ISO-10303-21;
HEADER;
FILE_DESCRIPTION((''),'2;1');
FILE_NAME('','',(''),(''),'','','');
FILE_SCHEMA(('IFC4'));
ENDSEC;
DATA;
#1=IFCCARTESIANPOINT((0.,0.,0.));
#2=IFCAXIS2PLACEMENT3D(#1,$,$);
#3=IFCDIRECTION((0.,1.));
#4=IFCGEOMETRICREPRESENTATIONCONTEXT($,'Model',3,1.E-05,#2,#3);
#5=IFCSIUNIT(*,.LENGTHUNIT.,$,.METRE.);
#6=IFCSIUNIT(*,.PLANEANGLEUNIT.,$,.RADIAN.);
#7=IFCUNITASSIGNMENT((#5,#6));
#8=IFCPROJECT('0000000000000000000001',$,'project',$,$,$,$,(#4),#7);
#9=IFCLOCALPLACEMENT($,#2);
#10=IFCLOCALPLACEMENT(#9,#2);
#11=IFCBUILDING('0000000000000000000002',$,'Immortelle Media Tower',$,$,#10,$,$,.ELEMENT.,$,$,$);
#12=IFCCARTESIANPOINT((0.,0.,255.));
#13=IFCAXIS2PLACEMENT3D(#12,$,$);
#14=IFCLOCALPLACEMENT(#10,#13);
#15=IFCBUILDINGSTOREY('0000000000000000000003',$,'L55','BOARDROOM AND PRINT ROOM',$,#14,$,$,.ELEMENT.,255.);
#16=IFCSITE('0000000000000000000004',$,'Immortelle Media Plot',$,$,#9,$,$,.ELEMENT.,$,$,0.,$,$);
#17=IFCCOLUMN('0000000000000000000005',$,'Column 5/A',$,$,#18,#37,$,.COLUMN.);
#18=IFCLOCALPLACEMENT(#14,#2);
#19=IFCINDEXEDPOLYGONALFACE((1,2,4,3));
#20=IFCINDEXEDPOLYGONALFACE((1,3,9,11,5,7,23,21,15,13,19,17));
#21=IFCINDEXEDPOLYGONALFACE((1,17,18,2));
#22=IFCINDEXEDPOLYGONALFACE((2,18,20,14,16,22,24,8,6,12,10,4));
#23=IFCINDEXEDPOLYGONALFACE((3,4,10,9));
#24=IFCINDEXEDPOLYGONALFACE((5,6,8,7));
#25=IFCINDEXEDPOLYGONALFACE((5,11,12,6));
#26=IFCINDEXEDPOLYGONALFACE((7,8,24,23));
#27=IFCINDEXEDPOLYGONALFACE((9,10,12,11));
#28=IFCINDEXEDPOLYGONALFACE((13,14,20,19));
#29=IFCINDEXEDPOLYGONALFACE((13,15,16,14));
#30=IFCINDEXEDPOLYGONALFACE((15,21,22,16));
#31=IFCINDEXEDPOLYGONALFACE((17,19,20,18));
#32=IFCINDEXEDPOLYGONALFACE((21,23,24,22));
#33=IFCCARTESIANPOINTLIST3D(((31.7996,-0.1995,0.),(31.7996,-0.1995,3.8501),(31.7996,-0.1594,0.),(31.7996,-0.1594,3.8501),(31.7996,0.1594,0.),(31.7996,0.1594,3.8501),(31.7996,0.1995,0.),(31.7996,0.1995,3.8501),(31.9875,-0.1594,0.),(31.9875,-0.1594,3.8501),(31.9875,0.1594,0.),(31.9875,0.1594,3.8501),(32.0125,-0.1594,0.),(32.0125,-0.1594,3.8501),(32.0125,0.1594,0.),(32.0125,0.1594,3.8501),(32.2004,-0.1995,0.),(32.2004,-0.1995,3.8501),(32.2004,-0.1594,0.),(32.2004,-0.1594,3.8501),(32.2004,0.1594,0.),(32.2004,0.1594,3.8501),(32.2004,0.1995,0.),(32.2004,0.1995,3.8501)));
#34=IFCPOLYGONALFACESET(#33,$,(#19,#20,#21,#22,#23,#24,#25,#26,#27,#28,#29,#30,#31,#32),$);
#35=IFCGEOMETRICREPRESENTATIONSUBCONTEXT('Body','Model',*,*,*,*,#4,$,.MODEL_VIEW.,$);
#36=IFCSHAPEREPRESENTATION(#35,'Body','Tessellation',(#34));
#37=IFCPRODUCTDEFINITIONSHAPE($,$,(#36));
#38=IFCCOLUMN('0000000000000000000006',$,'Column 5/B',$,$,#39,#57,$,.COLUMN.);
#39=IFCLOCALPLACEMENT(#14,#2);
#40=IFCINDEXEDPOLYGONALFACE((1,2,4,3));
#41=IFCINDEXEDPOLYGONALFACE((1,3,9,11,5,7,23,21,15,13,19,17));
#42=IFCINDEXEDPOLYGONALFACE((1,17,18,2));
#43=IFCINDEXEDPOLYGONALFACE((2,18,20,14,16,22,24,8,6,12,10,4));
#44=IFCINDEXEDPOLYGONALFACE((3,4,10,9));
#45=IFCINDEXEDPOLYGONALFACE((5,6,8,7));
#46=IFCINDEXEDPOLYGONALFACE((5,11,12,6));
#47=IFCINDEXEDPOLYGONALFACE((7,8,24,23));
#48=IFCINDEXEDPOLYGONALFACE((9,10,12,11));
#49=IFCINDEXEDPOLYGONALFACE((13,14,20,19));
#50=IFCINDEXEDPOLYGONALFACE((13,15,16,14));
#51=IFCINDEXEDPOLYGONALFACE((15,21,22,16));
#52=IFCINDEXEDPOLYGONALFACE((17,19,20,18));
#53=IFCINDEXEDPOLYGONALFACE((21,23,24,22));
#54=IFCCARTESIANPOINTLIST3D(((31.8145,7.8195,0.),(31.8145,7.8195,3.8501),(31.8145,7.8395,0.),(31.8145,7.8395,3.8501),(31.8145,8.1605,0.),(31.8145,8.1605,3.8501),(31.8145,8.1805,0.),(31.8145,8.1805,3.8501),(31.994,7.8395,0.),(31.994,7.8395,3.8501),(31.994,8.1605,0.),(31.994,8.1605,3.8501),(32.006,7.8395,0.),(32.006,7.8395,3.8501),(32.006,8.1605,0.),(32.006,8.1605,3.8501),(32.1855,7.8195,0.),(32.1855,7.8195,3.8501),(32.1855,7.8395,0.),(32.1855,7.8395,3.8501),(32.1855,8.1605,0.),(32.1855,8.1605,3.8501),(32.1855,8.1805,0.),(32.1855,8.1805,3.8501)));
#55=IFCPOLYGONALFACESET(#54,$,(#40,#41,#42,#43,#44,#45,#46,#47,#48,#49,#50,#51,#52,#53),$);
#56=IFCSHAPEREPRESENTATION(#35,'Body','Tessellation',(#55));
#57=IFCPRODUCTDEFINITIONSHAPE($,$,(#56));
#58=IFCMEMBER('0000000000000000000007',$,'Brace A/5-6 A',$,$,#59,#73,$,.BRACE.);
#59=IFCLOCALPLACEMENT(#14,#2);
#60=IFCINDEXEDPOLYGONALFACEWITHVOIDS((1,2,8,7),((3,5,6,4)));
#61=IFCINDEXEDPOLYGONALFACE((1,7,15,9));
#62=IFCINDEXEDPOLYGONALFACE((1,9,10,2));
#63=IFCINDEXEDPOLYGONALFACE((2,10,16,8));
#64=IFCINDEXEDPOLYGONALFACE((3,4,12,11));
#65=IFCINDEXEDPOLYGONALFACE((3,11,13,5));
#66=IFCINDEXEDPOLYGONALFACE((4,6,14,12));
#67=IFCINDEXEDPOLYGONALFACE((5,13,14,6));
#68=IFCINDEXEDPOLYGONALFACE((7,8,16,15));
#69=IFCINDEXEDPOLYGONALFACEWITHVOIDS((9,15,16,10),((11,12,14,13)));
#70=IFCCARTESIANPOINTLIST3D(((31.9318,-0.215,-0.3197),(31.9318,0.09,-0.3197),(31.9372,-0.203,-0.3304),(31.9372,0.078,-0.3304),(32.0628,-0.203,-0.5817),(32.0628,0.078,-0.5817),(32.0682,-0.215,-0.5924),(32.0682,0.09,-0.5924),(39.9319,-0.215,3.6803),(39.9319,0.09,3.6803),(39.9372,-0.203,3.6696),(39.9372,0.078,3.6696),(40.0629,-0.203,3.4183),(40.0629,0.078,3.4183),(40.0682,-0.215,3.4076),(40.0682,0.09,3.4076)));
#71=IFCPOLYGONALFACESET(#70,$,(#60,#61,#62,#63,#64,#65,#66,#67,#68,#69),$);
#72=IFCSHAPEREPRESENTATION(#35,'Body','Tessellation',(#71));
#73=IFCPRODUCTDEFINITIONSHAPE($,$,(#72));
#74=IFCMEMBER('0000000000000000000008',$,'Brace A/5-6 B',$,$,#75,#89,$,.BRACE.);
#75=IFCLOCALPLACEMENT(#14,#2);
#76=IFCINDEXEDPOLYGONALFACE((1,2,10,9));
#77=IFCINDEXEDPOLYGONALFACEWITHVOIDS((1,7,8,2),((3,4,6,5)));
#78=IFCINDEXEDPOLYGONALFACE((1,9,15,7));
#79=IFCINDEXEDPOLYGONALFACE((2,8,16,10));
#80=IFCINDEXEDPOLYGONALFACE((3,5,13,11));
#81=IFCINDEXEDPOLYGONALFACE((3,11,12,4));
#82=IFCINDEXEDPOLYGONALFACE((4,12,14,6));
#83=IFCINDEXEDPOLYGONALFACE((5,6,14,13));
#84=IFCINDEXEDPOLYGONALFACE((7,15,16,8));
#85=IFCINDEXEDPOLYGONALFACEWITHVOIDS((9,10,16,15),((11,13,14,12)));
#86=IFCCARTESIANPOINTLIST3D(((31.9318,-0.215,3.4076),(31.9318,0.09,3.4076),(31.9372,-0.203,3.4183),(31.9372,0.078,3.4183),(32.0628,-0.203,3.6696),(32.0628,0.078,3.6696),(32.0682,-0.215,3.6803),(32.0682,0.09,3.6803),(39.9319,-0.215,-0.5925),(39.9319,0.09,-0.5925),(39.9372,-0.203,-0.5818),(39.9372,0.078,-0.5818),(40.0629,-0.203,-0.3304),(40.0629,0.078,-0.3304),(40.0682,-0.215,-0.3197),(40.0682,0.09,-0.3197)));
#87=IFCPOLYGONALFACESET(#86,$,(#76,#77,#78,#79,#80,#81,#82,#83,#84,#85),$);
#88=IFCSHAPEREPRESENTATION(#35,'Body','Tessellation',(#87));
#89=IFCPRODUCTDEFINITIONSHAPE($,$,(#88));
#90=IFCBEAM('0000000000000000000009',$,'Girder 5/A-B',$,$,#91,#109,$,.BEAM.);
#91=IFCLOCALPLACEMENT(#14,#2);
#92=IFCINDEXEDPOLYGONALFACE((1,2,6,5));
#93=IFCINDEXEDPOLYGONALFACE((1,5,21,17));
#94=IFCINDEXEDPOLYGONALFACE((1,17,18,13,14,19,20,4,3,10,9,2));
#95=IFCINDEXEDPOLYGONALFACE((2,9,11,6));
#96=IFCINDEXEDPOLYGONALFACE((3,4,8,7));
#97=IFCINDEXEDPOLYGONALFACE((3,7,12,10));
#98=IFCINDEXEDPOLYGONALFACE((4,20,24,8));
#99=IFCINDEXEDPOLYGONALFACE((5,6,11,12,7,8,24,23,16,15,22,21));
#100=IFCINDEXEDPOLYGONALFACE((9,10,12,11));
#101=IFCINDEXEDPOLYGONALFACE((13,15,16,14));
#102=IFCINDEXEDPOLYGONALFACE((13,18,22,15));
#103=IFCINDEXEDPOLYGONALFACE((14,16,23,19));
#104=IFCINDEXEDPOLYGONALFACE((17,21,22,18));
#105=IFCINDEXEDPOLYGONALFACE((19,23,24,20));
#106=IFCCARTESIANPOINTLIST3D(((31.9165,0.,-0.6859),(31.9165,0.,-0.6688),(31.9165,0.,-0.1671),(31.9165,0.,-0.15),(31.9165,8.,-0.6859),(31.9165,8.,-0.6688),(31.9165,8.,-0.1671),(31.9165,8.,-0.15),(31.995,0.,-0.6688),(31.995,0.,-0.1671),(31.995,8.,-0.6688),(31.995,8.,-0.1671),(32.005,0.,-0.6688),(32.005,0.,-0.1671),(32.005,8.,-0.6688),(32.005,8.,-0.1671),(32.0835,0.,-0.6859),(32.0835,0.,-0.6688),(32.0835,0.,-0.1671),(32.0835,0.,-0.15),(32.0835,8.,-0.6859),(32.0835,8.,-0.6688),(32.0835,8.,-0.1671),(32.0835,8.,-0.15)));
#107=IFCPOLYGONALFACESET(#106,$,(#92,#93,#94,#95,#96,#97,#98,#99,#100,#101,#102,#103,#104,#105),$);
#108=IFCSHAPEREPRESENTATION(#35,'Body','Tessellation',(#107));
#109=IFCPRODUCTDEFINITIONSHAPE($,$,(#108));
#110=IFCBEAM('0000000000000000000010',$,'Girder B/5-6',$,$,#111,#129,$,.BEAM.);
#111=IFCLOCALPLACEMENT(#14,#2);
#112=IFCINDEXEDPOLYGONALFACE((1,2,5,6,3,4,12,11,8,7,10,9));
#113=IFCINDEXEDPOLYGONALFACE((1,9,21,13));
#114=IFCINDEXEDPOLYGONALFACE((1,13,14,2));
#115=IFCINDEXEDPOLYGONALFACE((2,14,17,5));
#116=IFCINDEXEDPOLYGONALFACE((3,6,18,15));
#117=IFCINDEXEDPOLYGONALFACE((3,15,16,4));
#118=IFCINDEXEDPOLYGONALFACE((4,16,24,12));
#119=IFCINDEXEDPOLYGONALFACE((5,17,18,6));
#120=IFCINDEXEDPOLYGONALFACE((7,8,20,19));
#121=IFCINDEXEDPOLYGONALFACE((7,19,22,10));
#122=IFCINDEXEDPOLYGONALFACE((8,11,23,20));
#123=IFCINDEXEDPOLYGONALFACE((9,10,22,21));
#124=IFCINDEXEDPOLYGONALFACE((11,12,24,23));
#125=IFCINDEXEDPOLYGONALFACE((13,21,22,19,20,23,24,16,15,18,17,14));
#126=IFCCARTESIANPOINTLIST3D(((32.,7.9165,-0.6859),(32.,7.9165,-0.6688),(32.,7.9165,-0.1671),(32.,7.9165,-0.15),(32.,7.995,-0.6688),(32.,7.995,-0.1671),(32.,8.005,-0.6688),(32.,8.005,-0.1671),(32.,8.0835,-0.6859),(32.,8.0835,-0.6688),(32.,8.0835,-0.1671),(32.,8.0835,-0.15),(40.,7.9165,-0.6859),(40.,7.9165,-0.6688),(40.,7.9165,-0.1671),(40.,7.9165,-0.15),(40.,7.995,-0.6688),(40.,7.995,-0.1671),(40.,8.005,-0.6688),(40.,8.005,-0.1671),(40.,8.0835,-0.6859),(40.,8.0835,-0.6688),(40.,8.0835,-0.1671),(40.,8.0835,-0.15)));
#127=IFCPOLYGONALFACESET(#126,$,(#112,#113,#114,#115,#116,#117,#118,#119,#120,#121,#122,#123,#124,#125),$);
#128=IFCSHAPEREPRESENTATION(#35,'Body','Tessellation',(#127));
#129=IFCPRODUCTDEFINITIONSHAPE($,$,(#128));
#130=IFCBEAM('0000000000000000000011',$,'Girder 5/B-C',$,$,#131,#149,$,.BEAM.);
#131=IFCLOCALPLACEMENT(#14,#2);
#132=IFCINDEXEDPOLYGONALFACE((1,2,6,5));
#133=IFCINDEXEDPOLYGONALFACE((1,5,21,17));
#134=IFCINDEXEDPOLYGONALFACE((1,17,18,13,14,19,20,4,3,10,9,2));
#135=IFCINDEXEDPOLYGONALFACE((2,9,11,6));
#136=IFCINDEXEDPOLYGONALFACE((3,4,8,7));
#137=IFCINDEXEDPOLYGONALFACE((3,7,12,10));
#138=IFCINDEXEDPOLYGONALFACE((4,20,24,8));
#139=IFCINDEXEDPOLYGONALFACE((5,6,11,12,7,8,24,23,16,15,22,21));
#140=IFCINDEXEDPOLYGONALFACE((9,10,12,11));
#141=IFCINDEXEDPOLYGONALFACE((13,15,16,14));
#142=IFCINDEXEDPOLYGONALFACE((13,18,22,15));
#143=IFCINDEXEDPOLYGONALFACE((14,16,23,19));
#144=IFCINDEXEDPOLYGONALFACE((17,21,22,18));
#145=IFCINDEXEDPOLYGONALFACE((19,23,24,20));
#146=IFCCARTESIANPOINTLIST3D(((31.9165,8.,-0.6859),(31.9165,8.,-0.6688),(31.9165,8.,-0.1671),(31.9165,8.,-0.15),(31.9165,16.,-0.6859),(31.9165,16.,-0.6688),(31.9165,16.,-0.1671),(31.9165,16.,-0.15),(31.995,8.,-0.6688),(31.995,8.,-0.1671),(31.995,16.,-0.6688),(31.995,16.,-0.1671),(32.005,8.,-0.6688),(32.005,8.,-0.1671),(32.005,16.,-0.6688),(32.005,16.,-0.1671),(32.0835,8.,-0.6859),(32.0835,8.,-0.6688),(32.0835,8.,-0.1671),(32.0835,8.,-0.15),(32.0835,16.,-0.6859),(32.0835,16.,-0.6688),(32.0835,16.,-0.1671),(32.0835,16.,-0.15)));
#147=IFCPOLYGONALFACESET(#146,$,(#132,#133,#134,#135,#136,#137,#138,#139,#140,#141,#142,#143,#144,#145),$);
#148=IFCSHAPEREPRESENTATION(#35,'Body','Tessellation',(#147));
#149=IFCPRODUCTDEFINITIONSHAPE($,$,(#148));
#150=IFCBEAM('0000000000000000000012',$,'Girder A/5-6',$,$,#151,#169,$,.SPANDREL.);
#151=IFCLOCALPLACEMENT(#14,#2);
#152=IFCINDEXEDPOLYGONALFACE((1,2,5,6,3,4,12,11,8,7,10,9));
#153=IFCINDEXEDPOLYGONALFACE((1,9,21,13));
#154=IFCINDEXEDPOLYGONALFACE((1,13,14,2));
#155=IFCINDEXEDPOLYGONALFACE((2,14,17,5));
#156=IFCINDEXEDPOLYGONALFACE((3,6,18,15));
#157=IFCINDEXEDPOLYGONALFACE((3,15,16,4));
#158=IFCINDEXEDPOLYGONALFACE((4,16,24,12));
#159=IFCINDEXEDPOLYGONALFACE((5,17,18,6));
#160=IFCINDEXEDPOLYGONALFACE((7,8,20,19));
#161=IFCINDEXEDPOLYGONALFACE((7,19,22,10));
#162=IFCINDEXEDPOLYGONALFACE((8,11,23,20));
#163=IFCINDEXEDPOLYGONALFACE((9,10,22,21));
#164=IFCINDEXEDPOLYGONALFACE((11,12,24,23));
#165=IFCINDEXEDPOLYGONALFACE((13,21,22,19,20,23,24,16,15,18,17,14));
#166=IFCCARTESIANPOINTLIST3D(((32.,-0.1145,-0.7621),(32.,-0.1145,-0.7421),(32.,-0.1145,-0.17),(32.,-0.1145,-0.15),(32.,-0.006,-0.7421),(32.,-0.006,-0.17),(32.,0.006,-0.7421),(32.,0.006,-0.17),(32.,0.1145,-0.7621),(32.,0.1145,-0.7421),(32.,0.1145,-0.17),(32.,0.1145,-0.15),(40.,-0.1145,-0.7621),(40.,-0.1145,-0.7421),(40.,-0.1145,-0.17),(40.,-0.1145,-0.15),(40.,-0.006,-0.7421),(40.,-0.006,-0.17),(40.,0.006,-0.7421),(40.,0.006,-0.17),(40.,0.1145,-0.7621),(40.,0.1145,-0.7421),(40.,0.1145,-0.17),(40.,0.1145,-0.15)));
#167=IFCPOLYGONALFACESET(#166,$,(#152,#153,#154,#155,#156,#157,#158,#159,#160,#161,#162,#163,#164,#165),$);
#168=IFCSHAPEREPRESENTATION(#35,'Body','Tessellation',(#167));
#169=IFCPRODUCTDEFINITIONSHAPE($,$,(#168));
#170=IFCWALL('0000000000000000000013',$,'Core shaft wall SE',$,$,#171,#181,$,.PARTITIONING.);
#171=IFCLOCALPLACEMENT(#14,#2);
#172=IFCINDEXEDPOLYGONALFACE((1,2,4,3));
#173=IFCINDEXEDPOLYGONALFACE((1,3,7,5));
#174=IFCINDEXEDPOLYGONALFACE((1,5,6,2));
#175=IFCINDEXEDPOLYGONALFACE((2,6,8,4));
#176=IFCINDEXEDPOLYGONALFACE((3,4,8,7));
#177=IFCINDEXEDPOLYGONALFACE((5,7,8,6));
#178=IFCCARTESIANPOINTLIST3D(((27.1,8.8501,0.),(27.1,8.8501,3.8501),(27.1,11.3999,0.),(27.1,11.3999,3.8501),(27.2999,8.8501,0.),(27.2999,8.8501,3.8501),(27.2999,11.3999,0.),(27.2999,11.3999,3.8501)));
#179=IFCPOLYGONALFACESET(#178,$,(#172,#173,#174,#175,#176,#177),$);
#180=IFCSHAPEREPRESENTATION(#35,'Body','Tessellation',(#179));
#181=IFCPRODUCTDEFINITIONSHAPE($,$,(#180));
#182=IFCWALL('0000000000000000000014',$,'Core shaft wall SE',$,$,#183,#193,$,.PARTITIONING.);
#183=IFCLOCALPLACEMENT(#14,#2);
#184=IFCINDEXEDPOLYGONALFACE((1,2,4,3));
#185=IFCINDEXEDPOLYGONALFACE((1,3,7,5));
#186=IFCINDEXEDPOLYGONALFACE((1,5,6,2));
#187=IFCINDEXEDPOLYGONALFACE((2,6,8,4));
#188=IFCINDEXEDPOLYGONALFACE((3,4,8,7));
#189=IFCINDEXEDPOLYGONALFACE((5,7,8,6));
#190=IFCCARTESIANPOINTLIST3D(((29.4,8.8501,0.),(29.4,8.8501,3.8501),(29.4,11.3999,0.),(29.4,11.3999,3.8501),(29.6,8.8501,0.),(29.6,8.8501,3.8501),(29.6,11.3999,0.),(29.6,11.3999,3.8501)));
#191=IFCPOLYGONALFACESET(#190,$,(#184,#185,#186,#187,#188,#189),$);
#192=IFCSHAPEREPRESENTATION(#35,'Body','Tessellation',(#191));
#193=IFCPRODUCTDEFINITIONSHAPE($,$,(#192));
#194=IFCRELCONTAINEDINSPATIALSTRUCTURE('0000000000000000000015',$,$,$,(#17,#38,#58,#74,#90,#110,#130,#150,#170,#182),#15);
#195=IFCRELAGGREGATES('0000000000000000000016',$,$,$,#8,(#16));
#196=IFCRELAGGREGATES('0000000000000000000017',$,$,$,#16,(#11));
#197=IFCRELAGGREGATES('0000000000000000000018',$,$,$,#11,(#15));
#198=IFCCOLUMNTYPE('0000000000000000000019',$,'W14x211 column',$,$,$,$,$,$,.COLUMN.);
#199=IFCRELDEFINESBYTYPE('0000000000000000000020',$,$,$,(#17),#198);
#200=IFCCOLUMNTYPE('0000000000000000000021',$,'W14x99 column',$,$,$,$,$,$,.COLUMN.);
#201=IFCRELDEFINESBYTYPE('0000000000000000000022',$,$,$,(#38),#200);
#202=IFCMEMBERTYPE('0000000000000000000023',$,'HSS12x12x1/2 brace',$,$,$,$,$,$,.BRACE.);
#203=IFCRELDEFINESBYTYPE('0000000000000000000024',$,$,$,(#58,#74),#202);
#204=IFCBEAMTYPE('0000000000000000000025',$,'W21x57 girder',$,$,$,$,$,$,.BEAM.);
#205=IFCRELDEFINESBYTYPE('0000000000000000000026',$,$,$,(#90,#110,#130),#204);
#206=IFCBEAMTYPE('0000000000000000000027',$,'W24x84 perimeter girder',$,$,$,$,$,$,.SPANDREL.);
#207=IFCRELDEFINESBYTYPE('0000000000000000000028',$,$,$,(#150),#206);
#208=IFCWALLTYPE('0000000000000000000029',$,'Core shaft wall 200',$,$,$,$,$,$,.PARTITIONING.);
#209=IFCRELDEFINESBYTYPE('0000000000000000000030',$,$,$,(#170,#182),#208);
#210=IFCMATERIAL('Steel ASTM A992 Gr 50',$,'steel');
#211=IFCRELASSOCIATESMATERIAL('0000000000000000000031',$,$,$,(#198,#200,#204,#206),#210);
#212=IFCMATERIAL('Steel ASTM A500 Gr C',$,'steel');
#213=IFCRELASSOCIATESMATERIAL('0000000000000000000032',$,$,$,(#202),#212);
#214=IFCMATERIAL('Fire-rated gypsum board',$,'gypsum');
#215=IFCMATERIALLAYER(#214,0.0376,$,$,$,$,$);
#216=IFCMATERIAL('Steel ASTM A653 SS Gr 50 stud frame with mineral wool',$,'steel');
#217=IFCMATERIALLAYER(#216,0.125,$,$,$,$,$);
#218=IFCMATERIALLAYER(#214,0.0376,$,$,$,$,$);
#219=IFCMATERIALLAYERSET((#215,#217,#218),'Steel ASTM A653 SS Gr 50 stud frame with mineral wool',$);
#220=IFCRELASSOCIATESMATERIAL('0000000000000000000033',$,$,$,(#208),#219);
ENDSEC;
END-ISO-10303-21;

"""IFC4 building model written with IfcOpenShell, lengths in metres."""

from ifc_helpers import new_model, si_unit, direction, frame, frame_2d, origin, origin_2d, place, context, subcontext, project, spatial, rectangle, hollow_rectangle, i_section, extrude, material, layer, layer_set, material_profile, profile_set, type_object, element, save


model = new_model("IFC4")

# Units and contexts
model_context = context("Model", 3, precision=1e-05, world=origin(), true_north=direction((0.0, 1.0)))
body_context = subcontext(model_context, "Body", "Model", "MODEL_VIEW")
ifc_project = project(units=[si_unit("LENGTHUNIT", "METRE"), si_unit("PLANEANGLEUNIT", "RADIAN")], contexts=[model_context])

# Site, building, storey
site_placement = place(None, origin())
site = spatial("IfcSite", under=ifc_project, at=site_placement, Name="Immortelle Media Plot", CompositionType="ELEMENT", RefElevation=0.0)
building_placement = place(site_placement, origin())
building = spatial("IfcBuilding", under=site, at=building_placement, Name="Immortelle Media Tower", CompositionType="ELEMENT")
storey_placement = place(building_placement, frame((0.0, 0.0, 255.0)))
storey = spatial("IfcBuildingStorey", under=building, at=storey_placement, Name="L55", Description="BOARDROOM AND PRINT ROOM", CompositionType="ELEMENT", Elevation=255.0)

# Columns
ifc_material_1 = material(Name="Steel ASTM A992 Gr 50", Category="steel")
ifc_material_profile_1 = material_profile(ifc_material_1, i_section(OverallWidth=0.4009, OverallDepth=0.3989, WebThickness=0.0249, FlangeThickness=0.04, at=origin_2d()), Name="W14x211")
ifc_profile_set_1 = profile_set([ifc_material_profile_1], Name="Steel ASTM A992 Gr 50")
column_type_1 = type_object("IfcColumnType", Name="W14x211 column", PredefinedType="COLUMN", material=ifc_profile_set_1)
column_1_placement = place(storey_placement, frame((32.0, 0.0, 0.0), z_axis=(0.0, 0.0, 1.0), x_axis=(1.0, 0.0, 0.0)))
element("IfcColumn", 1, at=column_1_placement, inside=storey, type_object=column_type_1, Name="Column 5/A", PredefinedType="COLUMN", context=body_context, shape_type="SweptSolid", body=[
    extrude(i_section(OverallWidth=0.4009, OverallDepth=0.3989, WebThickness=0.0249, FlangeThickness=0.04, at=origin_2d()), origin(), (0.0, 0.0, 1.0), 3.8501),
])
ifc_material_profile_2 = material_profile(ifc_material_1, i_section(OverallWidth=0.3711, OverallDepth=0.3611, WebThickness=0.012, FlangeThickness=0.02, at=origin_2d()), Name="W14x99")
ifc_profile_set_2 = profile_set([ifc_material_profile_2], Name="Steel ASTM A992 Gr 50")
column_type_2 = type_object("IfcColumnType", Name="W14x99 column", PredefinedType="COLUMN", material=ifc_profile_set_2)
column_2_placement = place(storey_placement, frame((32.0, 8.0, 0.0), z_axis=(0.0, 0.0, 1.0), x_axis=(1.0, 0.0, 0.0)))
element("IfcColumn", 2, at=column_2_placement, inside=storey, type_object=column_type_2, Name="Column 5/B", PredefinedType="COLUMN", context=body_context, shape_type="SweptSolid", body=[
    extrude(i_section(OverallWidth=0.3711, OverallDepth=0.3611, WebThickness=0.012, FlangeThickness=0.02, at=origin_2d()), origin(), (0.0, 0.0, 1.0), 3.8501),
])

# Members
ifc_material_2 = material(Name="Steel ASTM A500 Gr C", Category="steel")
ifc_material_profile_3 = material_profile(ifc_material_2, hollow_rectangle(XDim=0.3049, YDim=0.3049, WallThickness=0.012, at=origin_2d()), Name="HSS12x12x1/2 brace")
ifc_profile_set_3 = profile_set([ifc_material_profile_3], Name="Steel ASTM A500 Gr C")
member_type = type_object("IfcMemberType", Name="HSS12x12x1/2 brace", PredefinedType="BRACE", material=ifc_profile_set_3)
for number, where, z_axis, x_axis, name in (
    (3, (32.0, -0.0625, -0.4561), (0.894427, 0.0, 0.447214), (0.0, 1.0, 0.0), "Brace A/5-6 A"),
    (4, (32.0, -0.0625, 3.5439), (0.894427, 0.0, -0.447214), (0.0, 1.0, 0.0), "Brace A/5-6 B"),
):
    element("IfcMember", number, at=place(storey_placement, frame(where, z_axis=z_axis, x_axis=x_axis)), inside=storey, type_object=member_type, Name=name, PredefinedType="BRACE", context=body_context, shape_type="SweptSolid", body=[
        extrude(hollow_rectangle(XDim=0.3049, YDim=0.3049, WallThickness=0.012, at=origin_2d()), origin(), (0.0, 0.0, 1.0), 8.9443),
    ])

# Beams
ifc_material_profile_4 = material_profile(ifc_material_1, i_section(OverallWidth=0.167, OverallDepth=0.5359, WebThickness=0.01, FlangeThickness=0.0171, at=origin_2d()), Name="W21x57")
ifc_profile_set_4 = profile_set([ifc_material_profile_4], Name="Steel ASTM A992 Gr 50")
beam_type_1 = type_object("IfcBeamType", Name="W21x57 girder", PredefinedType="BEAM", material=ifc_profile_set_4)
for number, where, z_axis, x_axis, name in (
    (5, (32.0, 0.0, -0.418), (0.0, 1.0, 0.0), (-1.0, 0.0, 0.0), "Girder 5/A-B"),
    (6, (32.0, 8.0, -0.418), (1.0, 0.0, 0.0), (0.0, 1.0, 0.0), "Girder B/5-6"),
    (7, (32.0, 8.0, -0.418), (0.0, 1.0, 0.0), (-1.0, 0.0, 0.0), "Girder 5/B-C"),
):
    element("IfcBeam", number, at=place(storey_placement, frame(where, z_axis=z_axis, x_axis=x_axis)), inside=storey, type_object=beam_type_1, Name=name, PredefinedType="BEAM", context=body_context, shape_type="SweptSolid", body=[
        extrude(i_section(OverallWidth=0.167, OverallDepth=0.5359, WebThickness=0.01, FlangeThickness=0.0171, at=origin_2d()), origin(), (0.0, 0.0, 1.0), 8.0),
    ])
ifc_material_profile_5 = material_profile(ifc_material_1, i_section(OverallWidth=0.229, OverallDepth=0.6121, WebThickness=0.012, FlangeThickness=0.02, at=origin_2d()), Name="W24x84")
ifc_profile_set_5 = profile_set([ifc_material_profile_5], Name="Steel ASTM A992 Gr 50")
beam_type_2 = type_object("IfcBeamType", Name="W24x84 perimeter girder", PredefinedType="SPANDREL", material=ifc_profile_set_5)
beam_placement = place(storey_placement, frame((32.0, 0.0, -0.4561), z_axis=(1.0, 0.0, 0.0), x_axis=(0.0, 1.0, 0.0)))
element("IfcBeam", 8, at=beam_placement, inside=storey, type_object=beam_type_2, Name="Girder A/5-6", PredefinedType="SPANDREL", context=body_context, shape_type="SweptSolid", body=[
    extrude(i_section(OverallWidth=0.229, OverallDepth=0.6121, WebThickness=0.012, FlangeThickness=0.02, at=origin_2d()), origin(), (0.0, 0.0, 1.0), 8.0),
])

# Walls
ifc_material_3 = material(Name="Fire-rated gypsum board", Category="gypsum")
ifc_layer_1 = layer(ifc_material_3, 0.0376)
ifc_material_4 = material(Name="Steel ASTM A653 SS Gr 50 stud frame with mineral wool", Category="steel")
ifc_layer_2 = layer(ifc_material_4, 0.125)
ifc_layer_3 = layer(ifc_material_3, 0.0376)
ifc_layer_set_1 = layer_set([ifc_layer_1, ifc_layer_2, ifc_layer_3], Name="Steel ASTM A653 SS Gr 50 stud frame with mineral wool")
wall_type_1 = type_object("IfcWallType", Name="Core shaft wall 200", PredefinedType="PARTITIONING", material=ifc_layer_set_1)
for number, where, z_axis, x_axis, name in (
    (9, (27.2, 8.8501, 0.0), (0.0, 0.0, 1.0), (0.0, 1.0, 0.0), "Core shaft wall SE"),
    (10, (29.5, 8.8501, 0.0), (0.0, 0.0, 1.0), (0.0, 1.0, 0.0), "Core shaft wall SE"),
):
    element("IfcWall", number, at=place(storey_placement, frame(where, z_axis=z_axis, x_axis=x_axis)), inside=storey, type_object=wall_type_1, Name=name, PredefinedType="PARTITIONING", context=body_context, shape_type="SweptSolid", body=[
        extrude(rectangle(XDim=2.5498, YDim=0.2, at=frame_2d((1.2749, 0.0))), origin(), (0.0, 0.0, 1.0), 3.8501),
    ])

save(model, "model.ifc")
